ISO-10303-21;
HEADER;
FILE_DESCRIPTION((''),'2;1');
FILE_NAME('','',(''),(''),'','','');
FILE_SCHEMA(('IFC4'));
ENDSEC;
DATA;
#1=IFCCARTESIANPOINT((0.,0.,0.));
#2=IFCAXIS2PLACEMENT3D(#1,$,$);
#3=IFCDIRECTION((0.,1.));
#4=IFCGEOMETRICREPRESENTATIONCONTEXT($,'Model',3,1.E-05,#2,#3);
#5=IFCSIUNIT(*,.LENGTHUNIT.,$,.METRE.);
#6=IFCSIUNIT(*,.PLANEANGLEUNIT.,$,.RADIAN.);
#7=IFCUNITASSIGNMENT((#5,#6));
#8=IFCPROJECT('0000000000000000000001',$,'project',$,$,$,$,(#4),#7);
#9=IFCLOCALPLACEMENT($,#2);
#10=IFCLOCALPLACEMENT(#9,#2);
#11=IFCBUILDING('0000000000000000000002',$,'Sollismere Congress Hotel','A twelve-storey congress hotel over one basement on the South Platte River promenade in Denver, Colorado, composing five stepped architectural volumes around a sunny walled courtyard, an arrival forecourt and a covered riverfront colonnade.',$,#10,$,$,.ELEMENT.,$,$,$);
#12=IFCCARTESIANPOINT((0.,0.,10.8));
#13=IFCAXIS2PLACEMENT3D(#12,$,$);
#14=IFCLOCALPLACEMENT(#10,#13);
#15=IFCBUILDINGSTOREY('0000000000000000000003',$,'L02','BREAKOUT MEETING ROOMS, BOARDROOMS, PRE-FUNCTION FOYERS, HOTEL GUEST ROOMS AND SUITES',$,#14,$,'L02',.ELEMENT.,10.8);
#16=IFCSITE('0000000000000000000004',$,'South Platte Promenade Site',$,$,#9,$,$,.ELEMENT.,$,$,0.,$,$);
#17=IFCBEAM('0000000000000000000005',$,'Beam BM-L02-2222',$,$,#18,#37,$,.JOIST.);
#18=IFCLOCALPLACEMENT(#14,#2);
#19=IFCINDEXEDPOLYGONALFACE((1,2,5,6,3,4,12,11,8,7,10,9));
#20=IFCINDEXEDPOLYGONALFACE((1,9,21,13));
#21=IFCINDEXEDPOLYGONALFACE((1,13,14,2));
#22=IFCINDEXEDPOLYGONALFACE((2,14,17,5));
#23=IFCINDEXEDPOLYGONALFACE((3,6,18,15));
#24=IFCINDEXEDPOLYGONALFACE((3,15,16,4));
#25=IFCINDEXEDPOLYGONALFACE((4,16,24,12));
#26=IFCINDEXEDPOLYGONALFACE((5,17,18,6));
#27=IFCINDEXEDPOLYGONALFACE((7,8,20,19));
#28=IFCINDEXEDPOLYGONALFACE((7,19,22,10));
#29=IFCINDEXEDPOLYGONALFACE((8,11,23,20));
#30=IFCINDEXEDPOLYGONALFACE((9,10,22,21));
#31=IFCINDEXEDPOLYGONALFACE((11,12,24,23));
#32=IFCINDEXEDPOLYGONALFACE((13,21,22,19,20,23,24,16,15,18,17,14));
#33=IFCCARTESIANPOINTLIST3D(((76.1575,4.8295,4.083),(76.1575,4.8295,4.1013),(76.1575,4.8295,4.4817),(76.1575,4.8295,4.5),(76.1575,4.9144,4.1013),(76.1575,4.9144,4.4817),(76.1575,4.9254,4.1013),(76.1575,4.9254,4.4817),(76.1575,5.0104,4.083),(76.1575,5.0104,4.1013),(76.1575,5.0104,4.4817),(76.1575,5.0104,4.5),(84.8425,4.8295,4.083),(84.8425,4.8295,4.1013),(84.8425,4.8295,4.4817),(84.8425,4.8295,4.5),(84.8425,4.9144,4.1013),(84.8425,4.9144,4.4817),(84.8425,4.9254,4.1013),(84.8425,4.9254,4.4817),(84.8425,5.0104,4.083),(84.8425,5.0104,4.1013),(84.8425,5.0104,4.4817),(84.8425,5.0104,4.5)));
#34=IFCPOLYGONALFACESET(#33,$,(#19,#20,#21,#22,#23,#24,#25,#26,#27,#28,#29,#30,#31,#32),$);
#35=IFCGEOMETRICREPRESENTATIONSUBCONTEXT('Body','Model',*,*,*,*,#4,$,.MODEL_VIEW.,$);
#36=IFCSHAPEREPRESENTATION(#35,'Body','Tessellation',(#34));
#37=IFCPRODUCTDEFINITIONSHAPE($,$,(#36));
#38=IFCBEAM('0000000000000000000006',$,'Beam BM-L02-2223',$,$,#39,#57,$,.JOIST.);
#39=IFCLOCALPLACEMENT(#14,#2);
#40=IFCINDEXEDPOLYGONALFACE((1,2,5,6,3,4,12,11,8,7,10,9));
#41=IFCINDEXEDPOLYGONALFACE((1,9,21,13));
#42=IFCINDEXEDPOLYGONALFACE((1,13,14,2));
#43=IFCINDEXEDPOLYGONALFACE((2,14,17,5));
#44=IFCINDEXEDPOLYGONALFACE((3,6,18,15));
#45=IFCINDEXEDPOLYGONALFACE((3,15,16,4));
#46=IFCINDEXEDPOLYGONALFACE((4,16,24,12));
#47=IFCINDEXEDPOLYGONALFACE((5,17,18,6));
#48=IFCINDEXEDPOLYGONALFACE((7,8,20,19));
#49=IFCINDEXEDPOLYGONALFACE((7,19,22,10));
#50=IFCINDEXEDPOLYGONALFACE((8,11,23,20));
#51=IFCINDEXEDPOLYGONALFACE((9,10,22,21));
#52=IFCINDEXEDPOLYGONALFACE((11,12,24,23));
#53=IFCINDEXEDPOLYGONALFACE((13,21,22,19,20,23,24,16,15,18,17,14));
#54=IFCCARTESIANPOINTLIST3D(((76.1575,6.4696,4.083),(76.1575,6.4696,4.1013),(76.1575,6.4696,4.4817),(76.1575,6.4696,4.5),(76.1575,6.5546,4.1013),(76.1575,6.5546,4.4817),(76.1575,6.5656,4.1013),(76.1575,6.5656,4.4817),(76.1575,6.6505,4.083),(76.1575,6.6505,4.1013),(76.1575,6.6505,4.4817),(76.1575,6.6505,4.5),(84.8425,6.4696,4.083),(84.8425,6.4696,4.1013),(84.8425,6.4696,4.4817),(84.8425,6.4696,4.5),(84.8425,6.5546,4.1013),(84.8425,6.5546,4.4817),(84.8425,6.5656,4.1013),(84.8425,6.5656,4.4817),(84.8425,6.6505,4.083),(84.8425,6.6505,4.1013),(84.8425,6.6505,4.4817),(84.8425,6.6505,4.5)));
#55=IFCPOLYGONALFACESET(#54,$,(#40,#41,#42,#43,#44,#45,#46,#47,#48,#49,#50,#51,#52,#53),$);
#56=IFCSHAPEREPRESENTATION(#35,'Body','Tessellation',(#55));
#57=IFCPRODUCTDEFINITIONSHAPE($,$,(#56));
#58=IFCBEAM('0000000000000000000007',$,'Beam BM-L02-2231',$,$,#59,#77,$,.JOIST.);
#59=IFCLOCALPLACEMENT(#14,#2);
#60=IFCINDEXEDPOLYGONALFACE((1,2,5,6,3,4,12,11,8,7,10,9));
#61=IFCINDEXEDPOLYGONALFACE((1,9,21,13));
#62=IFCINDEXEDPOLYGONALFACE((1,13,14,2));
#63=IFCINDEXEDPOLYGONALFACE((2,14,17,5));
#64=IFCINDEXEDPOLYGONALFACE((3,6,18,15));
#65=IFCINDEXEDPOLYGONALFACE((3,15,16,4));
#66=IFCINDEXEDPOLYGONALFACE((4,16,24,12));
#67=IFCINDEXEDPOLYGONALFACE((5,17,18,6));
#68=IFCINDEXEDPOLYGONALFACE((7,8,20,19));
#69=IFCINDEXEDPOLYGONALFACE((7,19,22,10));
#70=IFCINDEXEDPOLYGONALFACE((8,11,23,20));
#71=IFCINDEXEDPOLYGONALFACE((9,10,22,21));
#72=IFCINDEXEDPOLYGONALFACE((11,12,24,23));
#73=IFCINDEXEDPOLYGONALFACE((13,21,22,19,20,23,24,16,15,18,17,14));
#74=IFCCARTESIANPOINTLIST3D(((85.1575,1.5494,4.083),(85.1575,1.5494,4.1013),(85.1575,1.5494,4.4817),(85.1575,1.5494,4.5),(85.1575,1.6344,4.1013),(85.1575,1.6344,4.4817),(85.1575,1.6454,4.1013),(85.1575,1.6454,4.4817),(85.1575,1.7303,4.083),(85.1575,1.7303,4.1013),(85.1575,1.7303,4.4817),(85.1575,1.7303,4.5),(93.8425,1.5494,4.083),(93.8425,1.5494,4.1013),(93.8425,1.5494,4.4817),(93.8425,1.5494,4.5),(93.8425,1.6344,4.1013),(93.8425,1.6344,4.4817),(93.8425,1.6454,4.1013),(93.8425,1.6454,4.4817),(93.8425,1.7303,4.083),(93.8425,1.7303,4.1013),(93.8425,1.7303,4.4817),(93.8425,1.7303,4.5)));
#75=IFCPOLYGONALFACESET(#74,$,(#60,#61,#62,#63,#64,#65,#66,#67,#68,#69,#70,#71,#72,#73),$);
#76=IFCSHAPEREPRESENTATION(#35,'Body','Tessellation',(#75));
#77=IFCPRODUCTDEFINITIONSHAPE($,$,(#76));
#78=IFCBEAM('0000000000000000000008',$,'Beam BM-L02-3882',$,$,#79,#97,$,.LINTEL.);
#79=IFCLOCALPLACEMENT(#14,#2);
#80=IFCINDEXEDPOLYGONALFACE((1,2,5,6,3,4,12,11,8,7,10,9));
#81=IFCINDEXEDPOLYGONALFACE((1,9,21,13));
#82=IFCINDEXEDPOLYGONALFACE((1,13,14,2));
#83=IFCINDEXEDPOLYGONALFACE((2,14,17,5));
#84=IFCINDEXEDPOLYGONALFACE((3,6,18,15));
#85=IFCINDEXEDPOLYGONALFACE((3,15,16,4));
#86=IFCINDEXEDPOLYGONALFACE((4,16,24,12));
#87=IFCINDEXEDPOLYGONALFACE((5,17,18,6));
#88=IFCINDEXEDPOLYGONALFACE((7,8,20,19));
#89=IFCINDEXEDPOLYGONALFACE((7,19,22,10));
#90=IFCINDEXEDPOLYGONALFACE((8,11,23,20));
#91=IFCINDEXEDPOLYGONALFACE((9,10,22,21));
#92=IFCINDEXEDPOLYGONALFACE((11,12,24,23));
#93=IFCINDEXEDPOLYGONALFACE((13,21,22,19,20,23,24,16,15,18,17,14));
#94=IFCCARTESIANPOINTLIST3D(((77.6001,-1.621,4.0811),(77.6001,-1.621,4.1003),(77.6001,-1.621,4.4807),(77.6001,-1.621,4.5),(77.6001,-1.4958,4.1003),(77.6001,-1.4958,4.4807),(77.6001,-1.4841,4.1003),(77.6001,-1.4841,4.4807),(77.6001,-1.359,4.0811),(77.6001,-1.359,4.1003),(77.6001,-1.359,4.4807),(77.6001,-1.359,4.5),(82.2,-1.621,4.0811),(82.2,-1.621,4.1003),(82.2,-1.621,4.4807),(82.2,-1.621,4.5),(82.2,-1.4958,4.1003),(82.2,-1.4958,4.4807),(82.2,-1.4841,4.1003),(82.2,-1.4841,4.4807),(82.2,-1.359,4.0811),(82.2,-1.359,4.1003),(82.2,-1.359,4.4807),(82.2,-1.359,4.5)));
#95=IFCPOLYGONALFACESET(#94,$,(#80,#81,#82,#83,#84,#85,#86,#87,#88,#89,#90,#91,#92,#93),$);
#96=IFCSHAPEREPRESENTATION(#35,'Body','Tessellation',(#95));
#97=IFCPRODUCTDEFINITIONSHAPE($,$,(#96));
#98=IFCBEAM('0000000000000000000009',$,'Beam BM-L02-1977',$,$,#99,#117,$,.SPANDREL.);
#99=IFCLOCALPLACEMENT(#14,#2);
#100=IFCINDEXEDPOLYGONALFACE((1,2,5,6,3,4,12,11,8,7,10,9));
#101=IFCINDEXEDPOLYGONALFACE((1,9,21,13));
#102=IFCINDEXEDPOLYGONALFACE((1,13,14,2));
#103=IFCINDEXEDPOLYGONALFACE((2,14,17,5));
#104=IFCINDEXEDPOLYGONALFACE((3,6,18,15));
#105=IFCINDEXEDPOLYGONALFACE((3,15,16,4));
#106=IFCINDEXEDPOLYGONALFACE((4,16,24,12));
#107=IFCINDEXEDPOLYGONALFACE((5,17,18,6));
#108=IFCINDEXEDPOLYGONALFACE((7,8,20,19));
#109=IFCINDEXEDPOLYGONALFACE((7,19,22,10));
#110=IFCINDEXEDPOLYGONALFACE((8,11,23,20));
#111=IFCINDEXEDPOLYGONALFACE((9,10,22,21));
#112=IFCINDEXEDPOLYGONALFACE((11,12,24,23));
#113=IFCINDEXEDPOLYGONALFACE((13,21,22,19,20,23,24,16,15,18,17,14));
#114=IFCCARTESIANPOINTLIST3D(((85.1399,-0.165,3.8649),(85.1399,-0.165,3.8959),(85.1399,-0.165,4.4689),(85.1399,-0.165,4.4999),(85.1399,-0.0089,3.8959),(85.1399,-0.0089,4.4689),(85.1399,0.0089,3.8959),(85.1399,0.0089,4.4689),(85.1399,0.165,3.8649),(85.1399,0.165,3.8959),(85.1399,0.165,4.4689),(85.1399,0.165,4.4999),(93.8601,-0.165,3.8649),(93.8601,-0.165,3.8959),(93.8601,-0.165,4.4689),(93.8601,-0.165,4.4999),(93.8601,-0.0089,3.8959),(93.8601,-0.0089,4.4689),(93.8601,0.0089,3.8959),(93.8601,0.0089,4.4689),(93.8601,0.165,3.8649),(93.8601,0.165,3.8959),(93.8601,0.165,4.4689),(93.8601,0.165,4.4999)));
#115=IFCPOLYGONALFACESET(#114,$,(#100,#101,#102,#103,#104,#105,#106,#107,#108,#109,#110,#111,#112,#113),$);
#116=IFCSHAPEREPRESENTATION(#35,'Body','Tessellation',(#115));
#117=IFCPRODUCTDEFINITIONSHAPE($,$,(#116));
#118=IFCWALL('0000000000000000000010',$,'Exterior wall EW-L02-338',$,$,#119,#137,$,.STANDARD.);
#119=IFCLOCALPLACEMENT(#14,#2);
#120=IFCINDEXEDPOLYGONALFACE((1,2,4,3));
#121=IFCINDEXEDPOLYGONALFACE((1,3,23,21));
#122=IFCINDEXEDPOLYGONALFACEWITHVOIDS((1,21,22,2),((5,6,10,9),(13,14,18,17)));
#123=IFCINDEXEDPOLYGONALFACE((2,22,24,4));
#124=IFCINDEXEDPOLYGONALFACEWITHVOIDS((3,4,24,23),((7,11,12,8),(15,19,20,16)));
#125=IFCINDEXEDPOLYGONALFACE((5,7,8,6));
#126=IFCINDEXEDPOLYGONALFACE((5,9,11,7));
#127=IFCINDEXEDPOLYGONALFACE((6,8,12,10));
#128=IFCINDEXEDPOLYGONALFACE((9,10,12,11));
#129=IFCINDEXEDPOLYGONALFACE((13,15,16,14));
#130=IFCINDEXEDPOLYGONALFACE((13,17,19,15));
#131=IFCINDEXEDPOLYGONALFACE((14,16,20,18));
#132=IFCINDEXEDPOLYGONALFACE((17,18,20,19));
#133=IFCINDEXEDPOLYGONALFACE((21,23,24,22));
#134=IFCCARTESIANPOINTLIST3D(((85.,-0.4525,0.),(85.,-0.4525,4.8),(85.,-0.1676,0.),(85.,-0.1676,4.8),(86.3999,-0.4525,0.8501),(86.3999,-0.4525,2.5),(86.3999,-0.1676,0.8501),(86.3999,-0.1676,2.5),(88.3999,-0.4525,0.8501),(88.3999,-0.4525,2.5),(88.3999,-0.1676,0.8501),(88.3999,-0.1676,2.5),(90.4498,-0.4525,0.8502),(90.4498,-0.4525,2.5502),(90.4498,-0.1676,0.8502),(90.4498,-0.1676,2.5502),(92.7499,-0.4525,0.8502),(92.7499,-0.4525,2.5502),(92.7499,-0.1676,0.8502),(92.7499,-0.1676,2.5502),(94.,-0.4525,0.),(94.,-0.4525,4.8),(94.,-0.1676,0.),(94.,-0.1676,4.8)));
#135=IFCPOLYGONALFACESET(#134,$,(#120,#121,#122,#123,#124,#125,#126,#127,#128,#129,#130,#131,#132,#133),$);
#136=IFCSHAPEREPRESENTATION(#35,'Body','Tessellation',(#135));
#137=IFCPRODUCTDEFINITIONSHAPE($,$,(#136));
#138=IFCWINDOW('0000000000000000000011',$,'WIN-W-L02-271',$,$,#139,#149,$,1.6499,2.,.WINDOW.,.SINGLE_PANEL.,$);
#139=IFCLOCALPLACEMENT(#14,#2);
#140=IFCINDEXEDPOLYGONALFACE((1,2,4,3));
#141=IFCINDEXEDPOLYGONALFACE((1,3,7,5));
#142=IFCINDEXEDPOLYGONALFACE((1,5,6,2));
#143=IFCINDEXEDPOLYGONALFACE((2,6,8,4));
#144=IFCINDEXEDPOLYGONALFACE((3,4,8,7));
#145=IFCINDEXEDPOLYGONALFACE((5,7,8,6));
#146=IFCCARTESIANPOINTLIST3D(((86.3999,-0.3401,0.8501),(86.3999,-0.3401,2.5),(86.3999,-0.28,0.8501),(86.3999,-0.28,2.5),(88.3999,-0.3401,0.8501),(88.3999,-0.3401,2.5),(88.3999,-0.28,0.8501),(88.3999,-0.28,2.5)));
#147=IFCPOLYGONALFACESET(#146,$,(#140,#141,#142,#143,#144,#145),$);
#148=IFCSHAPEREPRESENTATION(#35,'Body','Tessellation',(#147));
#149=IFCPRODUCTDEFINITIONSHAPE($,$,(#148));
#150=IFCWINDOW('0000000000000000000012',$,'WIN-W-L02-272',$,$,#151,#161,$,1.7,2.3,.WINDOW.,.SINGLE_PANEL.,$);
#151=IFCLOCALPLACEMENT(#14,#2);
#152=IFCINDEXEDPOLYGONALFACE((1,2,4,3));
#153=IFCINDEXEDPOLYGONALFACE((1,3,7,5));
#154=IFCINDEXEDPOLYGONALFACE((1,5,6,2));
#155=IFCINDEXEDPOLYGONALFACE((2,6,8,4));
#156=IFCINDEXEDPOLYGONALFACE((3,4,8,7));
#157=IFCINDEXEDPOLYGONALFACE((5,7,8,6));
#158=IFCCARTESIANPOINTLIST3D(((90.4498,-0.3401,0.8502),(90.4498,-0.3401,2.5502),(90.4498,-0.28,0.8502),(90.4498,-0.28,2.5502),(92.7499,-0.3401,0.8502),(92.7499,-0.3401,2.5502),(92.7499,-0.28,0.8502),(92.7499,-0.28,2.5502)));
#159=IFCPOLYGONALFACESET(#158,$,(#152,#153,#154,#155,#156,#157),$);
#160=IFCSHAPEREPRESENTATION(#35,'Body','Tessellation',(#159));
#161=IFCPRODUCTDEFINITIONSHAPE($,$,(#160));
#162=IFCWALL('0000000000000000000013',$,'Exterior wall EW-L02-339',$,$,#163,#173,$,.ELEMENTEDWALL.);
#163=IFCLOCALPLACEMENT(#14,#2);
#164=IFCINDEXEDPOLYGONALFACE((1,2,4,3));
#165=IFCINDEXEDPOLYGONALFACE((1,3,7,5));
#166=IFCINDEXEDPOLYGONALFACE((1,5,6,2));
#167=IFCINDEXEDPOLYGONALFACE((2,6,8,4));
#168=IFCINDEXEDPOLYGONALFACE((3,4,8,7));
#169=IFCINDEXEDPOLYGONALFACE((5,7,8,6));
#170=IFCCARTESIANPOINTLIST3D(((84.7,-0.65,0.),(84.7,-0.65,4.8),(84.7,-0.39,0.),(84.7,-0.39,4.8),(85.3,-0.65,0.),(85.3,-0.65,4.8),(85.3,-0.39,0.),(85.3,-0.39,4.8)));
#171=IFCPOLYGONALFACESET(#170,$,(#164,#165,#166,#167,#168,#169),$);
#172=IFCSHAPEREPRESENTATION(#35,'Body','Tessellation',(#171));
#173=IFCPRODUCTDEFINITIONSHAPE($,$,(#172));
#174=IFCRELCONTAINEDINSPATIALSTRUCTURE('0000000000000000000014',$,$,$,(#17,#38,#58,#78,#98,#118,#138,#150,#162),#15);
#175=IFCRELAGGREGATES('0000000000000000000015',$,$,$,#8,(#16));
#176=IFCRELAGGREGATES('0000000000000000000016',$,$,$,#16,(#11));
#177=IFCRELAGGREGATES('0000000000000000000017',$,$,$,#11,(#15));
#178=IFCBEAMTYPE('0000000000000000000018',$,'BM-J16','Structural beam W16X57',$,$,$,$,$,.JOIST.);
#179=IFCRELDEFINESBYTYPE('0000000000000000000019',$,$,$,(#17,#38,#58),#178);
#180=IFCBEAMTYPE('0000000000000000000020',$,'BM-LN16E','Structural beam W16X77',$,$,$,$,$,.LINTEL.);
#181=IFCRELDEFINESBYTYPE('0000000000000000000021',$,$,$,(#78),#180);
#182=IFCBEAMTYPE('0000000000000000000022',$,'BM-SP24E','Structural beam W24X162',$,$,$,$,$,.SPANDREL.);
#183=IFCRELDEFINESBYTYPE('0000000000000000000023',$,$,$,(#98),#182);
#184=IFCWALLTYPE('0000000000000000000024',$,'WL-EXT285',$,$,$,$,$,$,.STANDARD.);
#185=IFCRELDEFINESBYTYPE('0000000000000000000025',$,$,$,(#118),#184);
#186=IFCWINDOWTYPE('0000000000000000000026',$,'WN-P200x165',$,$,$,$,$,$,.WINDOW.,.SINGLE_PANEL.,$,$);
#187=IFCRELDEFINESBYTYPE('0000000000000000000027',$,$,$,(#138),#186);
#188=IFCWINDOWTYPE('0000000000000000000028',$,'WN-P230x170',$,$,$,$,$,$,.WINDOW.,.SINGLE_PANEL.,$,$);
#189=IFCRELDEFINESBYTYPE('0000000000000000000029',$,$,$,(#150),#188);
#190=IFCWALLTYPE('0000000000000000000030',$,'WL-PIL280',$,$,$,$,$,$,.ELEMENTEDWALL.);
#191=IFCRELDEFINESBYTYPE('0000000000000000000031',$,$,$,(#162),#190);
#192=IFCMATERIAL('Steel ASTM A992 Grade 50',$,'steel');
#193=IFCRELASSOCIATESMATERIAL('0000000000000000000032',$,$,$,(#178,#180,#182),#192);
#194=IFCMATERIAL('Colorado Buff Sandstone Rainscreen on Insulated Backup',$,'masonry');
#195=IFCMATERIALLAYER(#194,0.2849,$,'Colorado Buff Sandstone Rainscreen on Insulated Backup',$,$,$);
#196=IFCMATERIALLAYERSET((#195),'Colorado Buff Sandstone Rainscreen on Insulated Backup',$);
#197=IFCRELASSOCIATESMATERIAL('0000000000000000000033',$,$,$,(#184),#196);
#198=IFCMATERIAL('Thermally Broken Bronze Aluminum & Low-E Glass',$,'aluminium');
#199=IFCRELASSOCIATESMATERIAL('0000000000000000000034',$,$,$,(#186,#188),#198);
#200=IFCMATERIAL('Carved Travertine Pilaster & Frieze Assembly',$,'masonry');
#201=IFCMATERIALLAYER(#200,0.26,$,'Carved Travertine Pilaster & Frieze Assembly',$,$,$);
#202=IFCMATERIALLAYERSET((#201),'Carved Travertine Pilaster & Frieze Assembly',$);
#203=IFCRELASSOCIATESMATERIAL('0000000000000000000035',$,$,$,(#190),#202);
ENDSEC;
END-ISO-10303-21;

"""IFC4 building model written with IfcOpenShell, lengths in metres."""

from ifc_helpers import new_model, si_unit, direction, frame, frame_2d, origin, origin_2d, place, context, subcontext, project, spatial, rectangle, i_section, extrude, material, layer, layer_set, material_profile, profile_set, type_object, element, fill, save


model = new_model("IFC4")

# Units and contexts
model_context = context("Model", 3, precision=1e-05, world=origin(), true_north=direction((0.0, 1.0)))
body_context = subcontext(model_context, "Body", "Model", "MODEL_VIEW")
ifc_project = project(units=[si_unit("LENGTHUNIT", "METRE"), si_unit("PLANEANGLEUNIT", "RADIAN")], contexts=[model_context])

# Site, building, storey
site_placement = place(None, origin())
site = spatial("IfcSite", under=ifc_project, at=site_placement, Name="South Platte Promenade Site", CompositionType="ELEMENT", RefElevation=0.0)
building_placement = place(site_placement, origin())
building = spatial("IfcBuilding", under=site, at=building_placement, Name="Sollismere Congress Hotel", Description="A twelve-storey congress hotel over one basement on the South Platte River promenade in Denver, Colorado, composing five stepped architectural volumes around a sunny walled courtyard, an arrival forecourt and a covered riverfront colonnade.", CompositionType="ELEMENT")
storey_placement = place(building_placement, frame((0.0, 0.0, 10.8)))
storey = spatial("IfcBuildingStorey", under=building, at=storey_placement, Name="L02", Description="BREAKOUT MEETING ROOMS, BOARDROOMS, PRE-FUNCTION FOYERS, HOTEL GUEST ROOMS AND SUITES", LongName="L02", CompositionType="ELEMENT", Elevation=10.8)

# Shared definitions
ifc_material_1 = material(Name="Steel ASTM A992 Grade 50", Category="steel")

# Beams
ifc_material_profile_1 = material_profile(ifc_material_1, i_section(OverallWidth=0.1809, OverallDepth=0.417, WebThickness=0.011, FlangeThickness=0.0183, at=origin_2d()), Name="W16X57")
ifc_profile_set_1 = profile_set([ifc_material_profile_1], Name="Steel ASTM A992 Grade 50")
beam_type_1 = type_object("IfcBeamType", Name="BM-J16", Description="Structural beam W16X57", PredefinedType="JOIST", material=ifc_profile_set_1)
for number, where, z_axis, x_axis, name in (
    (1, (76.1575, 4.9199, 4.2915), (1.0, 0.0, 0.0), (0.0, 1.0, 0.0), "Beam BM-L02-2222"),
    (2, (76.1575, 6.5601, 4.2915), (1.0, 0.0, 0.0), (0.0, 1.0, 0.0), "Beam BM-L02-2223"),
    (3, (85.1575, 1.6399, 4.2915), (1.0, 0.0, 0.0), (0.0, 1.0, 0.0), "Beam BM-L02-2231"),
):
    element("IfcBeam", number, at=place(storey_placement, frame(where, z_axis=z_axis, x_axis=x_axis)), inside=storey, type_object=beam_type_1, Name=name, PredefinedType="JOIST", context=body_context, shape_type="SweptSolid", body=[
        extrude(i_section(OverallWidth=0.1809, OverallDepth=0.417, WebThickness=0.011, FlangeThickness=0.0183, at=origin_2d()), origin(), (0.0, 0.0, 1.0), 8.6851),
    ])
ifc_material_profile_2 = material_profile(ifc_material_1, i_section(OverallWidth=0.262, OverallDepth=0.4189, WebThickness=0.0117, FlangeThickness=0.0193, at=origin_2d()), Name="W16X77")
ifc_profile_set_2 = profile_set([ifc_material_profile_2], Name="Steel ASTM A992 Grade 50")
beam_type_2 = type_object("IfcBeamType", Name="BM-LN16E", Description="Structural beam W16X77", PredefinedType="LINTEL", material=ifc_profile_set_2)
beam_1_placement = place(storey_placement, frame((77.6001, -1.49, 4.2905), z_axis=(1.0, 0.0, 0.0), x_axis=(0.0, 1.0, 0.0)))
element("IfcBeam", 4, at=beam_1_placement, inside=storey, type_object=beam_type_2, Name="Beam BM-L02-3882", PredefinedType="LINTEL", context=body_context, shape_type="SweptSolid", body=[
    extrude(i_section(OverallWidth=0.262, OverallDepth=0.4189, WebThickness=0.0117, FlangeThickness=0.0193, at=origin_2d()), origin(), (0.0, 0.0, 1.0), 4.5999),
])
ifc_material_profile_3 = material_profile(ifc_material_1, i_section(OverallWidth=0.3301, OverallDepth=0.635, WebThickness=0.0178, FlangeThickness=0.031, at=origin_2d()), Name="W24X162")
ifc_profile_set_3 = profile_set([ifc_material_profile_3], Name="Steel ASTM A992 Grade 50")
beam_type_3 = type_object("IfcBeamType", Name="BM-SP24E", Description="Structural beam W24X162", PredefinedType="SPANDREL", material=ifc_profile_set_3)
beam_2_placement = place(storey_placement, frame((85.1399, 0.0, 4.1824), z_axis=(1.0, 0.0, 0.0), x_axis=(0.0, 1.0, 0.0)))
element("IfcBeam", 5, at=beam_2_placement, inside=storey, type_object=beam_type_3, Name="Beam BM-L02-1977", PredefinedType="SPANDREL", context=body_context, shape_type="SweptSolid", body=[
    extrude(i_section(OverallWidth=0.3301, OverallDepth=0.635, WebThickness=0.0178, FlangeThickness=0.031, at=origin_2d()), origin(), (0.0, 0.0, 1.0), 8.7202),
])

# Wall, openings, windows
ifc_material_2 = material(Name="Colorado Buff Sandstone Rainscreen on Insulated Backup", Category="masonry")
ifc_layer_1 = layer(ifc_material_2, 0.2849, Name="Colorado Buff Sandstone Rainscreen on Insulated Backup")
ifc_layer_set_1 = layer_set([ifc_layer_1], Name="Colorado Buff Sandstone Rainscreen on Insulated Backup")
wall_type_1 = type_object("IfcWallType", Name="WL-EXT285", PredefinedType="STANDARD", material=ifc_layer_set_1)
wall_1_placement = place(storey_placement, frame((85.0, -0.3101, 0.0), z_axis=(0.0, 0.0, 1.0), x_axis=(1.0, 0.0, 0.0)))
wall_1 = element("IfcWall", 6, at=wall_1_placement, inside=storey, type_object=wall_type_1, Name="Exterior wall EW-L02-338", PredefinedType="STANDARD", context=body_context, shape_type="SweptSolid", body=[
    extrude(rectangle(XDim=9.0, YDim=0.2849, at=frame_2d((4.5, 0.0))), origin(), (0.0, 0.0, 1.0), 4.8),
])
opening_1_placement = place(wall_1_placement, frame((1.3999, 0.0, 0.8501)))
opening_1 = element("IfcOpeningElement", 7, at=opening_1_placement, cuts=wall_1, PredefinedType="OPENING", context=body_context, shape_type="SweptSolid", body=[
    extrude(rectangle(XDim=2.0, YDim=1.6499, at=frame_2d((1.0, 0.825))), frame((0.0, 0.1523, 0.0), z_axis=(0.0, -1.0, 0.0), x_axis=(1.0, 0.0, 0.0)), (0.0, 0.0, 1.0), 0.3049),
])
opening_2_placement = place(wall_1_placement, frame((5.45, 0.0, 0.8501)))
opening_2 = element("IfcOpeningElement", 8, at=opening_2_placement, cuts=wall_1, PredefinedType="OPENING", context=body_context, shape_type="SweptSolid", body=[
    extrude(rectangle(XDim=2.3, YDim=1.7, at=frame_2d((1.1499, 0.8501))), frame((0.0, 0.1523, 0.0), z_axis=(0.0, -1.0, 0.0), x_axis=(1.0, 0.0, 0.0)), (0.0, 0.0, 1.0), 0.3049),
])
ifc_material_3 = material(Name="Thermally Broken Bronze Aluminum & Low-E Glass", Category="aluminium")
window_type_1 = type_object("IfcWindowType", Name="WN-P200x165", PartitioningType="SINGLE_PANEL", PredefinedType="WINDOW", material=ifc_material_3)
window_1_placement = place(opening_1_placement, origin())
window_1 = element("IfcWindow", 9, at=window_1_placement, inside=storey, type_object=window_type_1, Name="WIN-W-L02-271", OverallHeight=1.6499, OverallWidth=2.0, PartitioningType="SINGLE_PANEL", PredefinedType="WINDOW", context=body_context, shape_type="SweptSolid", body=[
    extrude(rectangle(XDim=2.0, YDim=1.6499, at=frame_2d((1.0, 0.825))), frame((0.0, 0.03, 0.0), z_axis=(0.0, -1.0, 0.0), x_axis=(1.0, 0.0, 0.0)), (0.0, 0.0, 1.0), 0.0601),
])
fill(opening_1, window_1)
window_type_2 = type_object("IfcWindowType", Name="WN-P230x170", PartitioningType="SINGLE_PANEL", PredefinedType="WINDOW", material=ifc_material_3)
window_2_placement = place(opening_2_placement, origin())
window_2 = element("IfcWindow", 10, at=window_2_placement, inside=storey, type_object=window_type_2, Name="WIN-W-L02-272", OverallHeight=1.7, OverallWidth=2.3, PartitioningType="SINGLE_PANEL", PredefinedType="WINDOW", context=body_context, shape_type="SweptSolid", body=[
    extrude(rectangle(XDim=2.3, YDim=1.7, at=frame_2d((1.1499, 0.8501))), frame((0.0, 0.03, 0.0), z_axis=(0.0, -1.0, 0.0), x_axis=(1.0, 0.0, 0.0)), (0.0, 0.0, 1.0), 0.0601),
])
fill(opening_2, window_2)

# Wall
ifc_material_4 = material(Name="Carved Travertine Pilaster & Frieze Assembly", Category="masonry")
ifc_layer_2 = layer(ifc_material_4, 0.26, Name="Carved Travertine Pilaster & Frieze Assembly")
ifc_layer_set_2 = layer_set([ifc_layer_2], Name="Carved Travertine Pilaster & Frieze Assembly")
wall_type_2 = type_object("IfcWallType", Name="WL-PIL280", PredefinedType="ELEMENTEDWALL", material=ifc_layer_set_2)
wall_2_placement = place(storey_placement, frame((84.7, -0.52, 0.0), z_axis=(0.0, 0.0, 1.0), x_axis=(1.0, 0.0, 0.0)))
element("IfcWall", 11, at=wall_2_placement, inside=storey, type_object=wall_type_2, Name="Exterior wall EW-L02-339", PredefinedType="ELEMENTEDWALL", context=body_context, shape_type="SweptSolid", body=[
    extrude(rectangle(XDim=0.6001, YDim=0.26, at=frame_2d((0.3, 0.0))), origin(), (0.0, 0.0, 1.0), 4.8),
])

save(model, "model.ifc")
